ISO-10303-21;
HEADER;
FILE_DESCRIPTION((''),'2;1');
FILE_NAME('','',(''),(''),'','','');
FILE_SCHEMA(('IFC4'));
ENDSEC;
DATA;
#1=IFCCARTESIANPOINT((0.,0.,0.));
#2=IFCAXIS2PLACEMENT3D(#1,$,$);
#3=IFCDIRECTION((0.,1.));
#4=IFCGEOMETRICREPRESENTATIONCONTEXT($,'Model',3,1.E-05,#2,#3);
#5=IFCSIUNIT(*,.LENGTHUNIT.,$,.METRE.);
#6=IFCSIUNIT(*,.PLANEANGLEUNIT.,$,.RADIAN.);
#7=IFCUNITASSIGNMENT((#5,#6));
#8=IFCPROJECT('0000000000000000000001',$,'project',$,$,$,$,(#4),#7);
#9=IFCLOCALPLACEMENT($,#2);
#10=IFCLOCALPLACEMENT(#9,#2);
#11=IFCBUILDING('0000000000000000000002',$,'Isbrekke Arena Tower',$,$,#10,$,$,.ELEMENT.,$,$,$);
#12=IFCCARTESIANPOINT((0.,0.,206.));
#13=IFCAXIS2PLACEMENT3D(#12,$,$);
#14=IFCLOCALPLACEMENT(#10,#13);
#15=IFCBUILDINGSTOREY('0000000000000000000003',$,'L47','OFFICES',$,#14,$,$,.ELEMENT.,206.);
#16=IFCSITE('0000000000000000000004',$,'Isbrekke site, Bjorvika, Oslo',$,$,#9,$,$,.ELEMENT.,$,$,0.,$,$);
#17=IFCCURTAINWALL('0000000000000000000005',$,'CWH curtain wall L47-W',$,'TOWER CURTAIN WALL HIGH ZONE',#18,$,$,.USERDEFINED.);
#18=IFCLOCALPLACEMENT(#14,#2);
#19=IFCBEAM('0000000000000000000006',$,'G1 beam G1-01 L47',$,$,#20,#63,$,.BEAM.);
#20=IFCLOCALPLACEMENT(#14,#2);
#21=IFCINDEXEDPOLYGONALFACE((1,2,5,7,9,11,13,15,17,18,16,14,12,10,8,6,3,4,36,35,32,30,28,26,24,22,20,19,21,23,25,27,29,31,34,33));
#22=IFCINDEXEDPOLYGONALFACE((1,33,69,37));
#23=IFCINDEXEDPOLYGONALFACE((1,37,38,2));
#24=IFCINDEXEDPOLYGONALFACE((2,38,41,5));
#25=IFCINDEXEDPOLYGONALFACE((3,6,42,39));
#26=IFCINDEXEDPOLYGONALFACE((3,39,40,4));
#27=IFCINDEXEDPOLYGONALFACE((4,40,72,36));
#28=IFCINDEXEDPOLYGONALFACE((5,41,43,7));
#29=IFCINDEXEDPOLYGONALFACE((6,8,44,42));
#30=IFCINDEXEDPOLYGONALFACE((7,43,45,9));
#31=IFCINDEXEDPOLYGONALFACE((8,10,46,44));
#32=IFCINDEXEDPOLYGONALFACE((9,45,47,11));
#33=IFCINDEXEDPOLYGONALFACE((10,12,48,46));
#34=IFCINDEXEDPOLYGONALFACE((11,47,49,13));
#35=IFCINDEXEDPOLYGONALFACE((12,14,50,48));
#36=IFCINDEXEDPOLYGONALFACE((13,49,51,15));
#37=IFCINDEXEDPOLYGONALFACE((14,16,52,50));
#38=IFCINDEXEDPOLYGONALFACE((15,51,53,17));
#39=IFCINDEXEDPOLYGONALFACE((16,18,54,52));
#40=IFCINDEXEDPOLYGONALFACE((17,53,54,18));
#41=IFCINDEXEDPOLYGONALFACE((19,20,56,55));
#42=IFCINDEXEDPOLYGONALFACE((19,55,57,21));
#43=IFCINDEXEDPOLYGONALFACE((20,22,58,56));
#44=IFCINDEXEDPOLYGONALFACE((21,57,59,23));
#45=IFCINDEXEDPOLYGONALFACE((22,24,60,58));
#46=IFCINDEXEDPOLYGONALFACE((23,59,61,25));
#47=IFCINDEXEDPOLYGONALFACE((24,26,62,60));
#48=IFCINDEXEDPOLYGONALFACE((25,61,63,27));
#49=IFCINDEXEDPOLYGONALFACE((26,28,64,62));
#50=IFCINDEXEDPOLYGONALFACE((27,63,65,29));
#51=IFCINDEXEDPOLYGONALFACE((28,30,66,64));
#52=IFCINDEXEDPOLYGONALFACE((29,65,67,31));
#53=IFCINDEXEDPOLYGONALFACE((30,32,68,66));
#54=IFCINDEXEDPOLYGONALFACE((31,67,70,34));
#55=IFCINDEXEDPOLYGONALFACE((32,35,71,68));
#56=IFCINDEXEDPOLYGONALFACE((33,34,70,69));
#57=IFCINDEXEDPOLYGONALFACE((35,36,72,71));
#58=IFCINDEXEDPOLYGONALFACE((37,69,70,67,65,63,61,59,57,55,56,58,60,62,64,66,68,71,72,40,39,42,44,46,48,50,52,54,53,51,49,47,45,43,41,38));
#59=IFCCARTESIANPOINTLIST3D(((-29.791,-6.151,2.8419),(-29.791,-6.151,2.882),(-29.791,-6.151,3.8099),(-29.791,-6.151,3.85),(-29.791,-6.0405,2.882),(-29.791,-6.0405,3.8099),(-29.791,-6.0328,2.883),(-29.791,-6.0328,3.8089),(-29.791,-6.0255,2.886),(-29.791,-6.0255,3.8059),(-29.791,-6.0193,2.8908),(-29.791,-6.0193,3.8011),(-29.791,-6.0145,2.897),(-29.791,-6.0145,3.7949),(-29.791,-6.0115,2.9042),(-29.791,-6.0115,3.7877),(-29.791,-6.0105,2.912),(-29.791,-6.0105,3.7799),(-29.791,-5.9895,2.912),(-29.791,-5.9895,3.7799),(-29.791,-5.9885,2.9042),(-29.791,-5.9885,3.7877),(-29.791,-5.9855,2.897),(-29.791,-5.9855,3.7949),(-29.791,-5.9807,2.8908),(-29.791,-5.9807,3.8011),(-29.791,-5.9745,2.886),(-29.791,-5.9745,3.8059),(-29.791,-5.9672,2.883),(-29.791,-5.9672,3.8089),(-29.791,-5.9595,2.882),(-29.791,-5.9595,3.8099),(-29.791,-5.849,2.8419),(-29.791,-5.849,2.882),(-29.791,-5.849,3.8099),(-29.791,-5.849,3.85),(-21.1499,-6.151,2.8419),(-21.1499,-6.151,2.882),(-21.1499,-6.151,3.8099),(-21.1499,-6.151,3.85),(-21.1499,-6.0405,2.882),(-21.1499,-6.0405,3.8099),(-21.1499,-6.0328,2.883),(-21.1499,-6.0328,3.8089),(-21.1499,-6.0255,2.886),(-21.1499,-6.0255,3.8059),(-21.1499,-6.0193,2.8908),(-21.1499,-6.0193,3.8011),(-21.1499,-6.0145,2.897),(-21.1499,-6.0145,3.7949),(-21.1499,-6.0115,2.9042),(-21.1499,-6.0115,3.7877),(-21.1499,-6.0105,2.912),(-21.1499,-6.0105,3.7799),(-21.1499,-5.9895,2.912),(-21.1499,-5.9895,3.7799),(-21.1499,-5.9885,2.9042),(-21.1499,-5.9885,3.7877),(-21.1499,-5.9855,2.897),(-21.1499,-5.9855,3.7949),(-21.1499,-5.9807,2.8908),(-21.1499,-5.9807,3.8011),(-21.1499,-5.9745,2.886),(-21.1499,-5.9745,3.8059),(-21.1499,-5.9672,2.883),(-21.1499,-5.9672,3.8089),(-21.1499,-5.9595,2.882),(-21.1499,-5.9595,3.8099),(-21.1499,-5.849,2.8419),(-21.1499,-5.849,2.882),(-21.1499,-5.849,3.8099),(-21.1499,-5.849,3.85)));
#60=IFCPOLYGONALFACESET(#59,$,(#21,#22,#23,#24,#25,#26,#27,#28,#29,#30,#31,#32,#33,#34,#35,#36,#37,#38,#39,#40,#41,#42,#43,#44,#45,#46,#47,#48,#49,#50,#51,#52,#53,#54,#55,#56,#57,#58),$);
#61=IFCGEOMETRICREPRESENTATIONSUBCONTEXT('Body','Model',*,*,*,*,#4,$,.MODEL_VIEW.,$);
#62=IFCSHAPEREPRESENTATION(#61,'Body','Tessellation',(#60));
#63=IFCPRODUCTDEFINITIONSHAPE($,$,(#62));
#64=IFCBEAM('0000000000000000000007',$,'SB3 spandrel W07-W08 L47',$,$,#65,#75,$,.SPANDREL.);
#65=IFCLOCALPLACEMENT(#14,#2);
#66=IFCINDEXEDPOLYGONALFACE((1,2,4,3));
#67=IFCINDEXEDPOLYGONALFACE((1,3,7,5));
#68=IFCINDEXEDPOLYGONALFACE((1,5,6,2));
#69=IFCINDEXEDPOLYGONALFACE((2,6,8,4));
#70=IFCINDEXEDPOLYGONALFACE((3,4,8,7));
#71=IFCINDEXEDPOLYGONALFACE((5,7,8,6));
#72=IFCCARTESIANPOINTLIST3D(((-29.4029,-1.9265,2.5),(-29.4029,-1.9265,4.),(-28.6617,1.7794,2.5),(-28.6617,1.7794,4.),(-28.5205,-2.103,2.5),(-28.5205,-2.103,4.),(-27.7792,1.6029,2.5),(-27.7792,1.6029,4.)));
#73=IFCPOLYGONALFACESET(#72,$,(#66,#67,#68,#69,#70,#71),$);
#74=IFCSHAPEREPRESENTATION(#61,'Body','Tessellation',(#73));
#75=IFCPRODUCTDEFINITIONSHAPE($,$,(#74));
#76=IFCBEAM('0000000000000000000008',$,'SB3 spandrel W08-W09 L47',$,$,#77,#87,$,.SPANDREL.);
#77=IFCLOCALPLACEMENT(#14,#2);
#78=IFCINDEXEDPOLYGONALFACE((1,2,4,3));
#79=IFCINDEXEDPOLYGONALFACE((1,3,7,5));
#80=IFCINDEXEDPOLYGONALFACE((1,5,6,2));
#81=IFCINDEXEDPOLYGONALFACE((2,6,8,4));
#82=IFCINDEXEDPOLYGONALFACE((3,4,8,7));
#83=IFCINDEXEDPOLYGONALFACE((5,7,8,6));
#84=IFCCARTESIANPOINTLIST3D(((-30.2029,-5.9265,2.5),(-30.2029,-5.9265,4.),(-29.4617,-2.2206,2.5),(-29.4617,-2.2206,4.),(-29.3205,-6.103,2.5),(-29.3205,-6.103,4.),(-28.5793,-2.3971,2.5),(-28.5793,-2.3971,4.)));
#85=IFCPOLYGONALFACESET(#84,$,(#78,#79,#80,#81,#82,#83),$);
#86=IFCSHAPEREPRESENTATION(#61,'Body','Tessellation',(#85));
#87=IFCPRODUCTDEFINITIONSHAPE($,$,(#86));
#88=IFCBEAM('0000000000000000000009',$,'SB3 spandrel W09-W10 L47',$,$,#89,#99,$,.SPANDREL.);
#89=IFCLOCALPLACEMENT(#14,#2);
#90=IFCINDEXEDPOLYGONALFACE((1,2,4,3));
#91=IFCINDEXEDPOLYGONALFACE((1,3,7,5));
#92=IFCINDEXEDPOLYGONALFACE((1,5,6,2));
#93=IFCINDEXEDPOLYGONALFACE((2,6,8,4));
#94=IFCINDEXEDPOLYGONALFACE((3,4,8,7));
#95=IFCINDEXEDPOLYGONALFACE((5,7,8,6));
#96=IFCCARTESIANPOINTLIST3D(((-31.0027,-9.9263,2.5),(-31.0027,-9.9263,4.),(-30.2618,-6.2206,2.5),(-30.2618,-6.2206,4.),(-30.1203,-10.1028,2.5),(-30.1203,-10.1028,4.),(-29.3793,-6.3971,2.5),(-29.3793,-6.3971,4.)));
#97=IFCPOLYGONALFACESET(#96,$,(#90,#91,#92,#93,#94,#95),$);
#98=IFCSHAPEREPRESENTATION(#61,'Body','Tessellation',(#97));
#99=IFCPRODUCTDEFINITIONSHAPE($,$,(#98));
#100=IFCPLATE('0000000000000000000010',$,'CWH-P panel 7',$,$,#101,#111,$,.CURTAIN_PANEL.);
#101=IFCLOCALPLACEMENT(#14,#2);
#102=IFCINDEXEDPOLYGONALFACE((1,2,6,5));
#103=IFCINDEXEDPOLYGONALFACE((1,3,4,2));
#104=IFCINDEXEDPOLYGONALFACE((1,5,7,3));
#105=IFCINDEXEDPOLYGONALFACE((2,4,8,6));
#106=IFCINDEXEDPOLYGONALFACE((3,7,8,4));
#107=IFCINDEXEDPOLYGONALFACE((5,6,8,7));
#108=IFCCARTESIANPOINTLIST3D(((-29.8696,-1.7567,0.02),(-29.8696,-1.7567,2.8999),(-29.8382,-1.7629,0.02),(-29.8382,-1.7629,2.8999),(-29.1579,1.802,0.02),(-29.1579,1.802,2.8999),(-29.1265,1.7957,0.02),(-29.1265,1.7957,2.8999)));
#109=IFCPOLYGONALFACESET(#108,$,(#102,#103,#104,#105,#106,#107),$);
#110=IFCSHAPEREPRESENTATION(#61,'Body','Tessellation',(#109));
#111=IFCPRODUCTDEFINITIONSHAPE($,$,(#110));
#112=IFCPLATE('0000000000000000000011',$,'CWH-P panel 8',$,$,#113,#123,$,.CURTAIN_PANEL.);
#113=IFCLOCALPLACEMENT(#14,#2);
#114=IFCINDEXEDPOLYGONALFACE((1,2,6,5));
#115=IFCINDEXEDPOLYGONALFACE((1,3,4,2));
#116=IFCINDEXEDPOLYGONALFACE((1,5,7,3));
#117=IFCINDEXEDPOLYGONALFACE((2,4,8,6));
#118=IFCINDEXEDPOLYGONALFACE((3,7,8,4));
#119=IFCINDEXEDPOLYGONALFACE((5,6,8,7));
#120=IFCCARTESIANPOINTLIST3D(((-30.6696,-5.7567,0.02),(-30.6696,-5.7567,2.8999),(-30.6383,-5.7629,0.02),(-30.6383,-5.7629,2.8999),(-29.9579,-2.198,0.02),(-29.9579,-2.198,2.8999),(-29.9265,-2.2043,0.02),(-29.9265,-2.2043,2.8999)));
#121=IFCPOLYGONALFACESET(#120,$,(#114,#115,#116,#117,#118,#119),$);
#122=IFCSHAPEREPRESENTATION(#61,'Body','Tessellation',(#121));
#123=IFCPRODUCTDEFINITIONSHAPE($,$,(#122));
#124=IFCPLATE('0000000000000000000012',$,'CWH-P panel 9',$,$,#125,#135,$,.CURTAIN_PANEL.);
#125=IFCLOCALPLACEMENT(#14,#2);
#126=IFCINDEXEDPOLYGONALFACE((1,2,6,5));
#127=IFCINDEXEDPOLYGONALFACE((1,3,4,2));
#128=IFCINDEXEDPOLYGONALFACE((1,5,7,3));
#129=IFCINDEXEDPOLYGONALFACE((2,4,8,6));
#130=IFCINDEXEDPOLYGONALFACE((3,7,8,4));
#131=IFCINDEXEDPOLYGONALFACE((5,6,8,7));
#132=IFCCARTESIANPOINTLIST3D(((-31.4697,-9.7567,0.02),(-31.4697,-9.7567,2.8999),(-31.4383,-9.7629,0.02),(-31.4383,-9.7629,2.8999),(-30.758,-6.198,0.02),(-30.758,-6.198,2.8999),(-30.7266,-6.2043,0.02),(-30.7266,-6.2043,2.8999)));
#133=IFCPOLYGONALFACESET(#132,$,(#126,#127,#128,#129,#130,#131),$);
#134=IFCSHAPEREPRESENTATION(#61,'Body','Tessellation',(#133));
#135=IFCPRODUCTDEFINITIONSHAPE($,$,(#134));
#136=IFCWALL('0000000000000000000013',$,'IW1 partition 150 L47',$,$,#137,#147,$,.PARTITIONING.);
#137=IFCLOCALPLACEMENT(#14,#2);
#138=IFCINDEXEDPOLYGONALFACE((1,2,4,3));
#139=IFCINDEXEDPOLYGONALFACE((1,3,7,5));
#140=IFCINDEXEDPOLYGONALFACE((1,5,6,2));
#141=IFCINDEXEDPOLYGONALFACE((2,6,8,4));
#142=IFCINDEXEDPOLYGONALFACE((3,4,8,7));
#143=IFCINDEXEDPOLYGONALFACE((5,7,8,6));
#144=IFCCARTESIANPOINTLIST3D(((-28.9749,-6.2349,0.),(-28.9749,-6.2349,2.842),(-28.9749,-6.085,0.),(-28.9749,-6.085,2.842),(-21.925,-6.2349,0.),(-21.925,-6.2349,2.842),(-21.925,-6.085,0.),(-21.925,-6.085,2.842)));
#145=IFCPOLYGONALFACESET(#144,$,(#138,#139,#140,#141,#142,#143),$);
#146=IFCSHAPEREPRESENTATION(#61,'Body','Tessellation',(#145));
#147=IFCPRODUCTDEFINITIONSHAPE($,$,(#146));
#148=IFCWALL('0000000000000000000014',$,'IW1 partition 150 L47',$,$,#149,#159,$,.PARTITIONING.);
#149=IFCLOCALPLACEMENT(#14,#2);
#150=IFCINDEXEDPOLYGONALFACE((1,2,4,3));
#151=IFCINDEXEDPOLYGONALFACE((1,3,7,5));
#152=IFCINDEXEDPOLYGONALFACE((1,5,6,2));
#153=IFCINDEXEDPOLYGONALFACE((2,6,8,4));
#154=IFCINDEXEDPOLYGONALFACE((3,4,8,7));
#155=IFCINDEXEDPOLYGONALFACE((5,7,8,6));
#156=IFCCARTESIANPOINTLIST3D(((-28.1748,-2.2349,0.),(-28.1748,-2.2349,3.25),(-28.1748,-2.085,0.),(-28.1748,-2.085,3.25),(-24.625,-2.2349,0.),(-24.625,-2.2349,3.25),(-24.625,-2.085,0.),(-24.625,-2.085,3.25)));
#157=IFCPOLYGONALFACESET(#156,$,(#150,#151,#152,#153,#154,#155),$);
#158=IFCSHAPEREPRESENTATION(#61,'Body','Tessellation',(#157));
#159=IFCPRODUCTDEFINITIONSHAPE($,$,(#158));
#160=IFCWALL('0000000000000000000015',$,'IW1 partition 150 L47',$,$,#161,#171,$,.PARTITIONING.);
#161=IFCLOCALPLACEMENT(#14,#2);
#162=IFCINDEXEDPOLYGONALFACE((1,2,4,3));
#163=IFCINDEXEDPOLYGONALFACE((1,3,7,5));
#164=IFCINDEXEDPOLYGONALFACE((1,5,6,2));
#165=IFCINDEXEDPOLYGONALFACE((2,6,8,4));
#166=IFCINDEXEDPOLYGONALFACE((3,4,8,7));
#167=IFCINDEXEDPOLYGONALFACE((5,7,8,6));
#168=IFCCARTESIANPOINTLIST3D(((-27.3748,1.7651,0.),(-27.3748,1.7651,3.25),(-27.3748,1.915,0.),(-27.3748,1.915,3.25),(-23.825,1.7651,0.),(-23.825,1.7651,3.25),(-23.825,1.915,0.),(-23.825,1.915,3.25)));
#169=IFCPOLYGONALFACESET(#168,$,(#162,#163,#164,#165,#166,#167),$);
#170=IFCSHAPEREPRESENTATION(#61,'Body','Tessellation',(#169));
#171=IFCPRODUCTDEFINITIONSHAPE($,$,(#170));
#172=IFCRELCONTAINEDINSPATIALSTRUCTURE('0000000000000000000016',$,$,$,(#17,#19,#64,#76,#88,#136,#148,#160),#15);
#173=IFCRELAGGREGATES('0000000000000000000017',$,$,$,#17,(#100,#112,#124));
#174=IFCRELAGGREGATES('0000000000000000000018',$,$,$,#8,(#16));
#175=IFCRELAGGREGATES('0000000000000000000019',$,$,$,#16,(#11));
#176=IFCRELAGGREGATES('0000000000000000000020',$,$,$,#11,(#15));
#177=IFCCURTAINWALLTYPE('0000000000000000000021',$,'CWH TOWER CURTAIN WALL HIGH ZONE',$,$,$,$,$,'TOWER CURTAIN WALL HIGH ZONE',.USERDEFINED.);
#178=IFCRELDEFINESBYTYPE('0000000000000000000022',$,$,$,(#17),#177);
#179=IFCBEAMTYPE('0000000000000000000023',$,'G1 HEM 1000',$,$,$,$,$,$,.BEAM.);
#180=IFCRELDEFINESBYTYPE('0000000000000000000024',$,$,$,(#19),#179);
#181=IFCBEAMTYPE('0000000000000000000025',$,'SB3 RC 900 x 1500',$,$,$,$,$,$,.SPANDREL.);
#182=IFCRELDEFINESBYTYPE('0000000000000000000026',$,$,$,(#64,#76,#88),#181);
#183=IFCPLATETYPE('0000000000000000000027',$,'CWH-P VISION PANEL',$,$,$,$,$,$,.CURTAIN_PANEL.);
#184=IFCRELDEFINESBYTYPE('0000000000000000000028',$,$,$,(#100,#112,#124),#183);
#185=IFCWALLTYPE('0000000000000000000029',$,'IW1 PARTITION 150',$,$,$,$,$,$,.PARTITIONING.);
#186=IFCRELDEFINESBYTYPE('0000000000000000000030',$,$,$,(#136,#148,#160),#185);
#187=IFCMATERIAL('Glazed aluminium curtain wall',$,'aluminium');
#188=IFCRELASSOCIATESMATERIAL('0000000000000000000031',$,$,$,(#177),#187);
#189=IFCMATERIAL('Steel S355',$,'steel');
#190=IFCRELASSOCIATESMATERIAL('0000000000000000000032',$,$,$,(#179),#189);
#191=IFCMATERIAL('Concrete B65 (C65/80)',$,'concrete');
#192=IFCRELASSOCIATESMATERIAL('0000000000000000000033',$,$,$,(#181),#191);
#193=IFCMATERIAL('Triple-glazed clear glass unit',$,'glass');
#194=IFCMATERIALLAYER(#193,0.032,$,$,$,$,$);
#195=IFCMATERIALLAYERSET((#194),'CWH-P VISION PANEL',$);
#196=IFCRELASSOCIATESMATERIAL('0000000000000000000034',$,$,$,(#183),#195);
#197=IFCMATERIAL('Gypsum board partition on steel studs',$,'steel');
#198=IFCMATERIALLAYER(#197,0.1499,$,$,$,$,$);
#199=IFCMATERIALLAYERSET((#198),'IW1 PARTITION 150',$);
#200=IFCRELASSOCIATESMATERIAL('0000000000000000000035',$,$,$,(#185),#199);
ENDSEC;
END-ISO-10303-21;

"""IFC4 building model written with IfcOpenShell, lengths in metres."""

from ifc_helpers import new_model, si_unit, direction, frame, frame_2d, origin, origin_2d, place, context, subcontext, project, spatial, rectangle, i_section, extrude, material, layer, layer_set, material_profile, profile_set, type_object, element, aggregate, save


model = new_model("IFC4")

# Units and contexts
model_context = context("Model", 3, precision=1e-05, world=origin(), true_north=direction((0.0, 1.0)))
body_context = subcontext(model_context, "Body", "Model", "MODEL_VIEW")
ifc_project = project(units=[si_unit("LENGTHUNIT", "METRE"), si_unit("PLANEANGLEUNIT", "RADIAN")], contexts=[model_context])

# Site, building, storey
site_placement = place(None, origin())
site = spatial("IfcSite", under=ifc_project, at=site_placement, Name="Isbrekke site, Bjorvika, Oslo", CompositionType="ELEMENT", RefElevation=0.0)
building_placement = place(site_placement, origin())
building = spatial("IfcBuilding", under=site, at=building_placement, Name="Isbrekke Arena Tower", CompositionType="ELEMENT")
storey_placement = place(building_placement, frame((0.0, 0.0, 206.0)))
storey = spatial("IfcBuildingStorey", under=building, at=storey_placement, Name="L47", Description="OFFICES", CompositionType="ELEMENT", Elevation=206.0)

# Curtain wall
ifc_material_1 = material(Name="Glazed aluminium curtain wall", Category="aluminium")
curtain_wall_type = type_object("IfcCurtainWallType", Name="CWH TOWER CURTAIN WALL HIGH ZONE", ElementType="TOWER CURTAIN WALL HIGH ZONE", PredefinedType="USERDEFINED", material=ifc_material_1)
curtain_wall_placement = place(storey_placement, origin())
curtain_wall = element("IfcCurtainWall", 1, at=curtain_wall_placement, inside=storey, type_object=curtain_wall_type, Name="CWH curtain wall L47-W", ObjectType="TOWER CURTAIN WALL HIGH ZONE", PredefinedType="USERDEFINED")

# Beams
ifc_material_2 = material(Name="Steel S355", Category="steel")
ifc_material_profile_1 = material_profile(ifc_material_2, i_section(OverallWidth=0.302, OverallDepth=1.0081, WebThickness=0.021, FlangeThickness=0.04, FilletRadius=0.03, at=origin_2d()), Name="HEM 1000")
ifc_profile_set_1 = profile_set([ifc_material_profile_1], Name="Steel S355")
beam_type_1 = type_object("IfcBeamType", Name="G1 HEM 1000", PredefinedType="BEAM", material=ifc_profile_set_1)
beam_1_placement = place(storey_placement, frame((-29.791, -6.0, 3.3459), z_axis=(1.0, 0.0, 0.0), x_axis=(0.0, 1.0, 0.0)))
element("IfcBeam", 2, at=beam_1_placement, inside=storey, type_object=beam_type_1, Name="G1 beam G1-01 L47", PredefinedType="BEAM", context=body_context, shape_type="SweptSolid", body=[
    extrude(i_section(OverallWidth=0.302, OverallDepth=1.0081, WebThickness=0.021, FlangeThickness=0.04, FilletRadius=0.03, at=origin_2d()), origin(), (0.0, 0.0, 1.0), 8.6411),
])
ifc_material_3 = material(Name="Concrete B65 (C65/80)", Category="concrete")
ifc_material_profile_2 = material_profile(ifc_material_3, rectangle(XDim=0.8999, YDim=1.5, at=origin_2d()), Name="RC 900x1500")
ifc_profile_set_2 = profile_set([ifc_material_profile_2], Name="Concrete B65 (C65/80)")
beam_type_2 = type_object("IfcBeamType", Name="SB3 RC 900 x 1500", PredefinedType="SPANDREL", material=ifc_profile_set_2)
for number, where, z_axis, x_axis, name in (
    (3, (-28.2205, 1.6912, 3.25), (-0.196129, -0.980578, 0.0), (0.980578, -0.196129, 0.0), "SB3 spandrel W07-W08 L47"),
    (4, (-29.0205, -2.3088, 3.25), (-0.196129, -0.980578, 0.0), (0.980578, -0.196129, 0.0), "SB3 spandrel W08-W09 L47"),
):
    element("IfcBeam", number, at=place(storey_placement, frame(where, z_axis=z_axis, x_axis=x_axis)), inside=storey, type_object=beam_type_2, Name=name, PredefinedType="SPANDREL", context=body_context, shape_type="SweptSolid", body=[
        extrude(rectangle(XDim=0.8999, YDim=1.5, at=origin_2d()), origin(), (0.0, 0.0, 1.0), 3.7793),
    ])
beam_2_placement = place(storey_placement, frame((-29.8206, -6.3088, 3.25), z_axis=(-0.196066, -0.980591, 0.0), x_axis=(0.980591, -0.196066, 0.0)))
element("IfcBeam", 5, at=beam_2_placement, inside=storey, type_object=beam_type_2, Name="SB3 spandrel W09-W10 L47", PredefinedType="SPANDREL", context=body_context, shape_type="SweptSolid", body=[
    extrude(rectangle(XDim=0.8999, YDim=1.5, at=origin_2d()), origin(), (0.0, 0.0, 1.0), 3.7791),
])

# Plates
ifc_material_4 = material(Name="Triple-glazed clear glass unit", Category="glass")
ifc_layer_1 = layer(ifc_material_4, 0.032)
ifc_layer_set_1 = layer_set([ifc_layer_1], Name="CWH-P VISION PANEL")
plate_type = type_object("IfcPlateType", Name="CWH-P VISION PANEL", PredefinedType="CURTAIN_PANEL", material=ifc_layer_set_1)
plate_1_placement = place(storey_placement, frame((-29.498, 0.0195, 0.02), z_axis=(0.0, 0.0, 1.0), x_axis=(-0.196116, -0.980581, 0.0)))
plate_1 = element("IfcPlate", 6, at=plate_1_placement, type_object=plate_type, Name="CWH-P panel 7", PredefinedType="CURTAIN_PANEL", context=body_context, shape_type="SweptSolid", body=[
    extrude(rectangle(XDim=3.6292, YDim=0.032, at=origin_2d()), origin(), (0.0, 0.0, 1.0), 2.8799),
])
plate_2_placement = place(storey_placement, frame((-30.2981, -3.9805, 0.02), z_axis=(0.0, 0.0, 1.0), x_axis=(-0.196116, -0.980581, 0.0)))
plate_2 = element("IfcPlate", 7, at=plate_2_placement, type_object=plate_type, Name="CWH-P panel 8", PredefinedType="CURTAIN_PANEL", context=body_context, shape_type="SweptSolid", body=[
    extrude(rectangle(XDim=3.6292, YDim=0.032, at=origin_2d()), origin(), (0.0, 0.0, 1.0), 2.8799),
])
plate_3_placement = place(storey_placement, frame((-31.0981, -7.9805, 0.02), z_axis=(0.0, 0.0, 1.0), x_axis=(-0.196116, -0.980581, 0.0)))
plate_3 = element("IfcPlate", 8, at=plate_3_placement, type_object=plate_type, Name="CWH-P panel 9", PredefinedType="CURTAIN_PANEL", context=body_context, shape_type="SweptSolid", body=[
    extrude(rectangle(XDim=3.6292, YDim=0.032, at=origin_2d()), origin(), (0.0, 0.0, 1.0), 2.8799),
])
aggregate(curtain_wall, [plate_1, plate_2, plate_3])

# Walls
ifc_material_5 = material(Name="Gypsum board partition on steel studs", Category="steel")
ifc_layer_2 = layer(ifc_material_5, 0.1499)
ifc_layer_set_2 = layer_set([ifc_layer_2], Name="IW1 PARTITION 150")
wall_type = type_object("IfcWallType", Name="IW1 PARTITION 150", PredefinedType="PARTITIONING", material=ifc_layer_set_2)
wall_1_placement = place(storey_placement, frame((-28.9749, -6.1599, 0.0), z_axis=(0.0, 0.0, 1.0), x_axis=(1.0, 0.0, 0.0)))
element("IfcWall", 9, at=wall_1_placement, inside=storey, type_object=wall_type, Name="IW1 partition 150 L47", PredefinedType="PARTITIONING", context=body_context, shape_type="SweptSolid", body=[
    extrude(rectangle(XDim=7.0498, YDim=0.1499, at=frame_2d((3.5249, 0.0))), origin(), (0.0, 0.0, 1.0), 2.842),
])
for number, where, z_axis, x_axis, name in (
    (10, (-28.1748, -2.1599, 0.0), (0.0, 0.0, 1.0), (1.0, 0.0, 0.0), "IW1 partition 150 L47"),
    (11, (-27.3748, 1.8401, 0.0), (0.0, 0.0, 1.0), (1.0, 0.0, 0.0), "IW1 partition 150 L47"),
):
    element("IfcWall", number, at=place(storey_placement, frame(where, z_axis=z_axis, x_axis=x_axis)), inside=storey, type_object=wall_type, Name=name, PredefinedType="PARTITIONING", context=body_context, shape_type="SweptSolid", body=[
        extrude(rectangle(XDim=3.5498, YDim=0.1499, at=frame_2d((1.7749, 0.0))), origin(), (0.0, 0.0, 1.0), 3.25),
    ])

save(model, "model.ifc")
